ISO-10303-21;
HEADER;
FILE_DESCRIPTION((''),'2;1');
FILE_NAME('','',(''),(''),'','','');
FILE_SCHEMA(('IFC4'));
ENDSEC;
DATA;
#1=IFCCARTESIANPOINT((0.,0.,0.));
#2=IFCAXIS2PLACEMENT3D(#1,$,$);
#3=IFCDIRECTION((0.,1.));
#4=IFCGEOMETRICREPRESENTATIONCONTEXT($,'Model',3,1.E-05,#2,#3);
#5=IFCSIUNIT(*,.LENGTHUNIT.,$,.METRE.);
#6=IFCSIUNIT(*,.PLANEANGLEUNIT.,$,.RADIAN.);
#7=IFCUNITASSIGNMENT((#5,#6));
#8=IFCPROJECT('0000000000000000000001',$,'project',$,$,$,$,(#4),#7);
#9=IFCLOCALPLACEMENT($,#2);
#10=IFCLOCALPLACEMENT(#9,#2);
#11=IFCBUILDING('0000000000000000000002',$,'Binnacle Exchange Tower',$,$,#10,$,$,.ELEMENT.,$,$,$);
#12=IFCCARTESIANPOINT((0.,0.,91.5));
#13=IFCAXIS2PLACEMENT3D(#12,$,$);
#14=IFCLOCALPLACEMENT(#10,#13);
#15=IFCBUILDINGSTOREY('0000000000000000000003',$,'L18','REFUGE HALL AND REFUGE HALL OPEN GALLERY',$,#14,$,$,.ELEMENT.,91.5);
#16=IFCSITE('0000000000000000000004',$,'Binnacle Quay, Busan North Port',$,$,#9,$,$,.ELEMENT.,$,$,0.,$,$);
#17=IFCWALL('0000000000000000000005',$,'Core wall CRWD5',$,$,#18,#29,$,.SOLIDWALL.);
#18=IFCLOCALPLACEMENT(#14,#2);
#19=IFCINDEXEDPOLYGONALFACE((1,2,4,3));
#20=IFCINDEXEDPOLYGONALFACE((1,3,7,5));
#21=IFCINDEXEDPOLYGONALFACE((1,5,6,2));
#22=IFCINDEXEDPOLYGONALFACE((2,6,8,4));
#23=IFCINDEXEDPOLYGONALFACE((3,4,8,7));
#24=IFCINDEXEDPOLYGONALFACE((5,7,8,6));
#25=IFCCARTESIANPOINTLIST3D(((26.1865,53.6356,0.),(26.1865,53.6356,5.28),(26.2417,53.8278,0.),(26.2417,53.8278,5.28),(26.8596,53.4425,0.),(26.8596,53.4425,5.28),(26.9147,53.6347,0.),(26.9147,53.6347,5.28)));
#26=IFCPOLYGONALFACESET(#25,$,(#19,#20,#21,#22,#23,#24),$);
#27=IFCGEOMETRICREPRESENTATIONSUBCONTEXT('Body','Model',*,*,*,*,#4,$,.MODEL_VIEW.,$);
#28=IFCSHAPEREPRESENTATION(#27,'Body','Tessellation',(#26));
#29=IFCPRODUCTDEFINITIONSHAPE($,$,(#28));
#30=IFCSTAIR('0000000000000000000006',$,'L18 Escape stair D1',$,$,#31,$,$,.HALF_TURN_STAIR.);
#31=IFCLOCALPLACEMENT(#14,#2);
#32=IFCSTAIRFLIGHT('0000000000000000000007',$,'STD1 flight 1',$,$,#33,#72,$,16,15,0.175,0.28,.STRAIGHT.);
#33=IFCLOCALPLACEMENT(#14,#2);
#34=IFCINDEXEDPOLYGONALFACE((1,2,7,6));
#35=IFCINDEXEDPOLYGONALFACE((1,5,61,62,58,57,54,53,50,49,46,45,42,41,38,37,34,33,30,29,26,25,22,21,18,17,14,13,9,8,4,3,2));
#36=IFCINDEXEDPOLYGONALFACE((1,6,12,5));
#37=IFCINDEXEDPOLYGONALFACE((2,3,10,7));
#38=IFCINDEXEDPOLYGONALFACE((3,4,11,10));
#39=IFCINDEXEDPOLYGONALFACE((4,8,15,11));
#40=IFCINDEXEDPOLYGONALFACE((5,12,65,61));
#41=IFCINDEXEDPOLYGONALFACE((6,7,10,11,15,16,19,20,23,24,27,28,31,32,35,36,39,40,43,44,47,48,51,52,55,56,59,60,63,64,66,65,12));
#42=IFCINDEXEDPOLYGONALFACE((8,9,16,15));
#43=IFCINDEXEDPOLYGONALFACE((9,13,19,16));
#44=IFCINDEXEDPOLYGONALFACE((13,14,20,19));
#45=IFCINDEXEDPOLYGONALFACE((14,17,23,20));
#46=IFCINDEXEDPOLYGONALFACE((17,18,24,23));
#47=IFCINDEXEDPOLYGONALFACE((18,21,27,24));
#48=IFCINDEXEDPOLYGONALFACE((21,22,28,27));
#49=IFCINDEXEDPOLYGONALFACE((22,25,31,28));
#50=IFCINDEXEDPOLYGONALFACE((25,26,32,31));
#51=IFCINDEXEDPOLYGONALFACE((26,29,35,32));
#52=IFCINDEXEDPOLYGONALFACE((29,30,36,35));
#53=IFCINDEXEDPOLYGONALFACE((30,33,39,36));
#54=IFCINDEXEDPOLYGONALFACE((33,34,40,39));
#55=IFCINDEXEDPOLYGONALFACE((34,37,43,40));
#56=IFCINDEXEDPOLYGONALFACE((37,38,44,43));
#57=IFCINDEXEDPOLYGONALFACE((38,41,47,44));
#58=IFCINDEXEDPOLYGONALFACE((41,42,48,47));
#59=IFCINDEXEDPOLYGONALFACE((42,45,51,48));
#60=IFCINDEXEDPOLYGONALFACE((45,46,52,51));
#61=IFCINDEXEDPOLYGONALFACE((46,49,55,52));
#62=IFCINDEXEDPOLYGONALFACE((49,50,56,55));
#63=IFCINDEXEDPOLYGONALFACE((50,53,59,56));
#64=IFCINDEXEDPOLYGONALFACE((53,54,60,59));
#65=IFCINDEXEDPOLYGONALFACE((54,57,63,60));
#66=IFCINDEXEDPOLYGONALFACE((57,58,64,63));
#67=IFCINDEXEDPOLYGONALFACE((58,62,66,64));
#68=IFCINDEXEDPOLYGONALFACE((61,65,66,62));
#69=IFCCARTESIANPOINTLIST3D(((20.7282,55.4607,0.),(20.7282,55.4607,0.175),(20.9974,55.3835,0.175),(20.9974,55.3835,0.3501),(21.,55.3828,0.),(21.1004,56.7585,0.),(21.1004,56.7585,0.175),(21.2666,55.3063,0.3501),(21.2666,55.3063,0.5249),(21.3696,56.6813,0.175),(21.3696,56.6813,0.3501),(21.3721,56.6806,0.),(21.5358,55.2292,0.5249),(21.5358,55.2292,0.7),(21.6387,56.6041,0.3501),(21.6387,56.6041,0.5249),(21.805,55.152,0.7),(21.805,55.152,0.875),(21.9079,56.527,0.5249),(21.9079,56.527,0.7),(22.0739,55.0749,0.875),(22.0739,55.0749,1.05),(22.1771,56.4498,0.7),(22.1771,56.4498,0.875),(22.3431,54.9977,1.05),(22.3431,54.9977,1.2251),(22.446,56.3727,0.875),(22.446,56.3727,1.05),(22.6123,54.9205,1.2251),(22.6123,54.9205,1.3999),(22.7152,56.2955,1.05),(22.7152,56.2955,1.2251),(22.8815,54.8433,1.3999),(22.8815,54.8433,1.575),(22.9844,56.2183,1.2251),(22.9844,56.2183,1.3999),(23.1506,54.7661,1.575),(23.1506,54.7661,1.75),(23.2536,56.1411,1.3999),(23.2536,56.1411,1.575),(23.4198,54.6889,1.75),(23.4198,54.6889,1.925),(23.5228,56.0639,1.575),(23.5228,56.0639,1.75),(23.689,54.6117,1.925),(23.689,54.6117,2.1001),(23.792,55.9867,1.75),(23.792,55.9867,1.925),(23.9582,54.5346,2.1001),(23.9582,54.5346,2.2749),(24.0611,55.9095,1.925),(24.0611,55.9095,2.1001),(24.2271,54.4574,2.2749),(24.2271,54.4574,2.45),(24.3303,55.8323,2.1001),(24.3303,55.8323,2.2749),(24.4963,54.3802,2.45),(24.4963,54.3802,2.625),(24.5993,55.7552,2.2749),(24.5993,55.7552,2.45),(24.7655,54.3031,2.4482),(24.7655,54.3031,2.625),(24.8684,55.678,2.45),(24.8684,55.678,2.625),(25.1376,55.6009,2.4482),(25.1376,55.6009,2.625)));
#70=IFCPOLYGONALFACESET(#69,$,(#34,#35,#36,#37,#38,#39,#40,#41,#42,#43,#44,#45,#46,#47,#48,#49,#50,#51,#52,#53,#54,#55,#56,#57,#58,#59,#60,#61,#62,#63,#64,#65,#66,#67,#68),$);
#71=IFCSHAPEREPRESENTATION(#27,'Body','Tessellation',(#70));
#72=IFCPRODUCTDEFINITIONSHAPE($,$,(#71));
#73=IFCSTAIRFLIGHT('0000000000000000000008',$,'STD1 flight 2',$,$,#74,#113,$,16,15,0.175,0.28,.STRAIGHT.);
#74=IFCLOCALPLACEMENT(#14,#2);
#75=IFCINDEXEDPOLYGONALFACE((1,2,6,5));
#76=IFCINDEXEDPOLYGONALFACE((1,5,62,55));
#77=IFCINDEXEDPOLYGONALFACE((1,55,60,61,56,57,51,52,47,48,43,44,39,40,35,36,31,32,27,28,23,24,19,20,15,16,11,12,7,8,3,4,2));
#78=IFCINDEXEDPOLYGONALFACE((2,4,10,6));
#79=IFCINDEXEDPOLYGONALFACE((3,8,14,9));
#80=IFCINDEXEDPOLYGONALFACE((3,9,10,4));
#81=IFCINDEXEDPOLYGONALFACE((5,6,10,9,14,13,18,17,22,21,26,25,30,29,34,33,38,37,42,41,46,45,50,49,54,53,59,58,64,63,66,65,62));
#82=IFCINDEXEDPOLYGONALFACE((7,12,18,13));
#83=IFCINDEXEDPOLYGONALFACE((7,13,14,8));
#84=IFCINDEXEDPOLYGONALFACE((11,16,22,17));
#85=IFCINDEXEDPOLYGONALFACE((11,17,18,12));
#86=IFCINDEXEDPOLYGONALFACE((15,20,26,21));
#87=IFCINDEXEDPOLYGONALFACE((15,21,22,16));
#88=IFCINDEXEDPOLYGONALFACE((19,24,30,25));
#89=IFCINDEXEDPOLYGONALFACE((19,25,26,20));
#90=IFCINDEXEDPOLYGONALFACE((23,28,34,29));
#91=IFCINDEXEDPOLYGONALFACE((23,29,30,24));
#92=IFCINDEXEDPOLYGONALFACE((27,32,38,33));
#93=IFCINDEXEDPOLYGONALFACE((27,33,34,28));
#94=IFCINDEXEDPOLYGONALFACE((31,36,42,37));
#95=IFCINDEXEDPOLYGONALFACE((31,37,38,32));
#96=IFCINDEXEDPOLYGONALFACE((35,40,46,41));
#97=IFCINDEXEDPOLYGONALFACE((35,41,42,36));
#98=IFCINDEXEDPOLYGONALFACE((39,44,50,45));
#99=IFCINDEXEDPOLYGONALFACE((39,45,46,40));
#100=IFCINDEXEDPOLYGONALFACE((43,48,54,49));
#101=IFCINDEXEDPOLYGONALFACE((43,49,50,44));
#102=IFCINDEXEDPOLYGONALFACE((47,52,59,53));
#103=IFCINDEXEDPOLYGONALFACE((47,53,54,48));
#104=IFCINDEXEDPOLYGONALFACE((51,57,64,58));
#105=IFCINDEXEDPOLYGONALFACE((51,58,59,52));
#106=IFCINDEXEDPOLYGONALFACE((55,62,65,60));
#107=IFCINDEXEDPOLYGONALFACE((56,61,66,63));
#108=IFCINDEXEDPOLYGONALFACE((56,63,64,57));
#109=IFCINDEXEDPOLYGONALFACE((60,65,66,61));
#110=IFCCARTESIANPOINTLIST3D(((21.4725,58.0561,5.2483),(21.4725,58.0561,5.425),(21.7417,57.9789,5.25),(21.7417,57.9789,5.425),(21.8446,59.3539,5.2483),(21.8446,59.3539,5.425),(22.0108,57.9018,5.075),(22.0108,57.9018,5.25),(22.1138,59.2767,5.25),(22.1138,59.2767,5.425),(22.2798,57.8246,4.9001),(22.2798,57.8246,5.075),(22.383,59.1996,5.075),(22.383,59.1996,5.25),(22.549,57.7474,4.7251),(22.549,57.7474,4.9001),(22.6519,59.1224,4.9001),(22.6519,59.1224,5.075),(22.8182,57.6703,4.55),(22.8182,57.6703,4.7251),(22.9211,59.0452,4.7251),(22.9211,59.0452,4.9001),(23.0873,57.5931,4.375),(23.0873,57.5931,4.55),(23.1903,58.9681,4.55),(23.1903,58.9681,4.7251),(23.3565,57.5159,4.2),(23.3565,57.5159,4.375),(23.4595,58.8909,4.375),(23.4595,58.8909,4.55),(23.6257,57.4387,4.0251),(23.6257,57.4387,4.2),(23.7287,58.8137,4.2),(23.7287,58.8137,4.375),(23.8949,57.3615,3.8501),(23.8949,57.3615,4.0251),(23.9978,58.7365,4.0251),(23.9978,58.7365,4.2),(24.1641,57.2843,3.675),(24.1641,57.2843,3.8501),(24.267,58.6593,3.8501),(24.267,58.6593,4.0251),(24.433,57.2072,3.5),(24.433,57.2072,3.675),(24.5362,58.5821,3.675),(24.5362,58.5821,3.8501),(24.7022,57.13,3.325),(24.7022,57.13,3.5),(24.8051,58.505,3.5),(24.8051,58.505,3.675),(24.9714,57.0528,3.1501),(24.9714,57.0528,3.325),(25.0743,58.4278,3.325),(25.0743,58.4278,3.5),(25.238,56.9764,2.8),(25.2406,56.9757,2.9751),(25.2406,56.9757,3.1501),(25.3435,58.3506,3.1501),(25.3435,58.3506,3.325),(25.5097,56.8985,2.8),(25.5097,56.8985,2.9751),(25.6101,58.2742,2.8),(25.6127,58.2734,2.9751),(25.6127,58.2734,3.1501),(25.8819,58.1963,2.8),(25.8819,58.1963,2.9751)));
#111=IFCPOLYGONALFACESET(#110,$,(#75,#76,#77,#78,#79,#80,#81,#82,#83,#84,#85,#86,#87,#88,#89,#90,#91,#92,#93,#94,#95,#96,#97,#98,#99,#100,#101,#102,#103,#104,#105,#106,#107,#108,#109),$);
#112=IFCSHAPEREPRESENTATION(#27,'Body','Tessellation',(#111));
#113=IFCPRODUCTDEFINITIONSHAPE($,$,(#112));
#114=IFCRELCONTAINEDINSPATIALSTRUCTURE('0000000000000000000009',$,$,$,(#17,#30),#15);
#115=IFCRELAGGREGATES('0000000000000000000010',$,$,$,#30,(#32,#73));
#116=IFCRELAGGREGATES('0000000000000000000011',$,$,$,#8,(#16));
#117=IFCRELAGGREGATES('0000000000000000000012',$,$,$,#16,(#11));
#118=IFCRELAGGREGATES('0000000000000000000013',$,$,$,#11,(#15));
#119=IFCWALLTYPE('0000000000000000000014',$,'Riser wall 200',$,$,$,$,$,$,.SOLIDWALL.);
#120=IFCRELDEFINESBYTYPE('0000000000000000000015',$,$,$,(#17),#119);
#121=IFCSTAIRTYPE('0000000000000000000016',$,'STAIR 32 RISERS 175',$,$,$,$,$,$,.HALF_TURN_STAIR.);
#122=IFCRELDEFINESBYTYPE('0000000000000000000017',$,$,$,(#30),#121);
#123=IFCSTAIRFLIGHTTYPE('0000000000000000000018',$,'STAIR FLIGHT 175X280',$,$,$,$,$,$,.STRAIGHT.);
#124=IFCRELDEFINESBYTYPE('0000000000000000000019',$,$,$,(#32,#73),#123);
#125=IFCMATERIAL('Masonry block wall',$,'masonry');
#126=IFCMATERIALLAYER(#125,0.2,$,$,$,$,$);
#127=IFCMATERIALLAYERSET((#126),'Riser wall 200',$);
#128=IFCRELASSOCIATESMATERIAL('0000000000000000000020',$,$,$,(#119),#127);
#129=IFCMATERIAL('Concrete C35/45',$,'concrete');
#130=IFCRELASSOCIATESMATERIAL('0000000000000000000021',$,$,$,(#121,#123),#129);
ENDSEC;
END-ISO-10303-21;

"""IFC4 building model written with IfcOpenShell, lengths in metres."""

from ifc_helpers import new_model, si_unit, direction, frame, frame_2d, origin, place, context, subcontext, project, spatial, polyline, rectangle, outline, extrude, material, layer, layer_set, type_object, element, aggregate, save


model = new_model("IFC4")

# Units and contexts
model_context = context("Model", 3, precision=1e-05, world=origin(), true_north=direction((0.0, 1.0)))
body_context = subcontext(model_context, "Body", "Model", "MODEL_VIEW")
ifc_project = project(units=[si_unit("LENGTHUNIT", "METRE"), si_unit("PLANEANGLEUNIT", "RADIAN")], contexts=[model_context])

# Site, building, storey
site_placement = place(None, origin())
site = spatial("IfcSite", under=ifc_project, at=site_placement, Name="Binnacle Quay, Busan North Port", CompositionType="ELEMENT", RefElevation=0.0)
building_placement = place(site_placement, origin())
building = spatial("IfcBuilding", under=site, at=building_placement, Name="Binnacle Exchange Tower", CompositionType="ELEMENT")
storey_placement = place(building_placement, frame((0.0, 0.0, 91.5)))
storey = spatial("IfcBuildingStorey", under=building, at=storey_placement, Name="L18", Description="REFUGE HALL AND REFUGE HALL OPEN GALLERY", CompositionType="ELEMENT", Elevation=91.5)

# Shared definitions
ifc_material_1 = material(Name="Masonry block wall", Category="masonry")

# Wall
ifc_layer_1 = layer(ifc_material_1, 0.2)
ifc_layer_set_1 = layer_set([ifc_layer_1], Name="Riser wall 200")
wall_type_1 = type_object("IfcWallType", Name="Riser wall 200", PredefinedType="SOLIDWALL", material=ifc_layer_set_1)
wall_1_placement = place(storey_placement, frame((26.2141, 53.7317, 0.0), z_axis=(0.0, 0.0, 1.0), x_axis=(0.961221, -0.27578, 0.0)))
element("IfcWall", 1, at=wall_1_placement, inside=storey, type_object=wall_type_1, Name="Core wall CRWD5", PredefinedType="SOLIDWALL", context=body_context, shape_type="SweptSolid", body=[
    extrude(rectangle(XDim=0.7002, YDim=0.2, at=frame_2d((0.3501, 0.0))), origin(), (0.0, 0.0, 1.0), 5.28),
])

# Stair, stair flights
ifc_material_2 = material(Name="Concrete C35/45", Category="concrete")
stair_type = type_object("IfcStairType", Name="STAIR 32 RISERS 175", PredefinedType="HALF_TURN_STAIR", material=ifc_material_2)
stair_placement = place(storey_placement, origin())
stair = element("IfcStair", 2, at=stair_placement, inside=storey, type_object=stair_type, Name="L18 Escape stair D1", PredefinedType="HALF_TURN_STAIR")
stair_flight_type = type_object("IfcStairFlightType", Name="STAIR FLIGHT 175X280", PredefinedType="STRAIGHT", material=ifc_material_2)
stair_flight_1_placement = place(storey_placement, frame((20.9143, 56.1096, 0.0), z_axis=(0.0, 0.0, 1.0), x_axis=(0.961262, -0.275637, 0.0)))
stair_flight_1 = element("IfcStairFlight", 3, at=stair_flight_1_placement, type_object=stair_flight_type, Name="STD1 flight 1", NumberOfRisers=16, NumberOfTreads=15, PredefinedType="STRAIGHT", RiserHeight=0.175, TreadLength=0.28, context=body_context, shape_type="SweptSolid", body=[
    extrude(outline(polyline([(0.0, 0.0), (0.0, 0.175), (0.28, 0.175), (0.28, 0.3501), (0.5601, 0.3501), (0.5601, 0.5249), (0.8401, 0.5249), (0.8401, 0.7), (1.1201, 0.7), (1.1201, 0.875), (1.3999, 0.875), (1.3999, 1.05), (1.6799, 1.05), (1.6799, 1.2251), (1.96, 1.2251), (1.96, 1.3999), (2.24, 1.3999), (2.24, 1.575), (2.52, 1.575), (2.52, 1.75), (2.8, 1.75), (2.8, 1.925), (3.0801, 1.925), (3.0801, 2.1001), (3.3601, 2.1001), (3.3601, 2.2749), (3.6399, 2.2749), (3.6399, 2.45), (3.9199, 2.45), (3.9199, 2.625), (4.2, 2.625), (4.2, 2.8), (4.2, 2.4482), (0.2827, 0.0), (0.0, 0.0)])), frame((0.0, 0.675, 0.0), z_axis=(0.0, -1.0, 0.0), x_axis=(1.0, 0.0, 0.0)), (0.0, 0.0, 1.0), 1.3501),
])
stair_flight_2_placement = place(storey_placement, frame((25.6958, 57.5474, 2.8), z_axis=(0.0, 0.0, 1.0), x_axis=(-0.961262, 0.275637, 0.0)))
stair_flight_2 = element("IfcStairFlight", 4, at=stair_flight_2_placement, type_object=stair_flight_type, Name="STD1 flight 2", NumberOfRisers=16, NumberOfTreads=15, PredefinedType="STRAIGHT", RiserHeight=0.175, TreadLength=0.28, context=body_context, shape_type="SweptSolid", body=[
    extrude(outline(polyline([(0.0, 0.0), (0.0, 0.175), (0.28, 0.175), (0.28, 0.3501), (0.5601, 0.3501), (0.5601, 0.5249), (0.8401, 0.5249), (0.8401, 0.7), (1.1201, 0.7), (1.1201, 0.875), (1.3999, 0.875), (1.3999, 1.05), (1.6799, 1.05), (1.6799, 1.2251), (1.96, 1.2251), (1.96, 1.3999), (2.24, 1.3999), (2.24, 1.575), (2.52, 1.575), (2.52, 1.75), (2.8, 1.75), (2.8, 1.925), (3.0801, 1.925), (3.0801, 2.1001), (3.3601, 2.1001), (3.3601, 2.2749), (3.6399, 2.2749), (3.6399, 2.45), (3.9199, 2.45), (3.9199, 2.625), (4.2, 2.625), (4.2, 2.8), (4.2, 2.4482), (0.2827, 0.0), (0.0, 0.0)])), frame((0.0, 0.675, 0.0), z_axis=(0.0, -1.0, 0.0), x_axis=(1.0, 0.0, 0.0)), (0.0, 0.0, 1.0), 1.3501),
])
aggregate(stair, [stair_flight_1, stair_flight_2])

save(model, "model.ifc")
